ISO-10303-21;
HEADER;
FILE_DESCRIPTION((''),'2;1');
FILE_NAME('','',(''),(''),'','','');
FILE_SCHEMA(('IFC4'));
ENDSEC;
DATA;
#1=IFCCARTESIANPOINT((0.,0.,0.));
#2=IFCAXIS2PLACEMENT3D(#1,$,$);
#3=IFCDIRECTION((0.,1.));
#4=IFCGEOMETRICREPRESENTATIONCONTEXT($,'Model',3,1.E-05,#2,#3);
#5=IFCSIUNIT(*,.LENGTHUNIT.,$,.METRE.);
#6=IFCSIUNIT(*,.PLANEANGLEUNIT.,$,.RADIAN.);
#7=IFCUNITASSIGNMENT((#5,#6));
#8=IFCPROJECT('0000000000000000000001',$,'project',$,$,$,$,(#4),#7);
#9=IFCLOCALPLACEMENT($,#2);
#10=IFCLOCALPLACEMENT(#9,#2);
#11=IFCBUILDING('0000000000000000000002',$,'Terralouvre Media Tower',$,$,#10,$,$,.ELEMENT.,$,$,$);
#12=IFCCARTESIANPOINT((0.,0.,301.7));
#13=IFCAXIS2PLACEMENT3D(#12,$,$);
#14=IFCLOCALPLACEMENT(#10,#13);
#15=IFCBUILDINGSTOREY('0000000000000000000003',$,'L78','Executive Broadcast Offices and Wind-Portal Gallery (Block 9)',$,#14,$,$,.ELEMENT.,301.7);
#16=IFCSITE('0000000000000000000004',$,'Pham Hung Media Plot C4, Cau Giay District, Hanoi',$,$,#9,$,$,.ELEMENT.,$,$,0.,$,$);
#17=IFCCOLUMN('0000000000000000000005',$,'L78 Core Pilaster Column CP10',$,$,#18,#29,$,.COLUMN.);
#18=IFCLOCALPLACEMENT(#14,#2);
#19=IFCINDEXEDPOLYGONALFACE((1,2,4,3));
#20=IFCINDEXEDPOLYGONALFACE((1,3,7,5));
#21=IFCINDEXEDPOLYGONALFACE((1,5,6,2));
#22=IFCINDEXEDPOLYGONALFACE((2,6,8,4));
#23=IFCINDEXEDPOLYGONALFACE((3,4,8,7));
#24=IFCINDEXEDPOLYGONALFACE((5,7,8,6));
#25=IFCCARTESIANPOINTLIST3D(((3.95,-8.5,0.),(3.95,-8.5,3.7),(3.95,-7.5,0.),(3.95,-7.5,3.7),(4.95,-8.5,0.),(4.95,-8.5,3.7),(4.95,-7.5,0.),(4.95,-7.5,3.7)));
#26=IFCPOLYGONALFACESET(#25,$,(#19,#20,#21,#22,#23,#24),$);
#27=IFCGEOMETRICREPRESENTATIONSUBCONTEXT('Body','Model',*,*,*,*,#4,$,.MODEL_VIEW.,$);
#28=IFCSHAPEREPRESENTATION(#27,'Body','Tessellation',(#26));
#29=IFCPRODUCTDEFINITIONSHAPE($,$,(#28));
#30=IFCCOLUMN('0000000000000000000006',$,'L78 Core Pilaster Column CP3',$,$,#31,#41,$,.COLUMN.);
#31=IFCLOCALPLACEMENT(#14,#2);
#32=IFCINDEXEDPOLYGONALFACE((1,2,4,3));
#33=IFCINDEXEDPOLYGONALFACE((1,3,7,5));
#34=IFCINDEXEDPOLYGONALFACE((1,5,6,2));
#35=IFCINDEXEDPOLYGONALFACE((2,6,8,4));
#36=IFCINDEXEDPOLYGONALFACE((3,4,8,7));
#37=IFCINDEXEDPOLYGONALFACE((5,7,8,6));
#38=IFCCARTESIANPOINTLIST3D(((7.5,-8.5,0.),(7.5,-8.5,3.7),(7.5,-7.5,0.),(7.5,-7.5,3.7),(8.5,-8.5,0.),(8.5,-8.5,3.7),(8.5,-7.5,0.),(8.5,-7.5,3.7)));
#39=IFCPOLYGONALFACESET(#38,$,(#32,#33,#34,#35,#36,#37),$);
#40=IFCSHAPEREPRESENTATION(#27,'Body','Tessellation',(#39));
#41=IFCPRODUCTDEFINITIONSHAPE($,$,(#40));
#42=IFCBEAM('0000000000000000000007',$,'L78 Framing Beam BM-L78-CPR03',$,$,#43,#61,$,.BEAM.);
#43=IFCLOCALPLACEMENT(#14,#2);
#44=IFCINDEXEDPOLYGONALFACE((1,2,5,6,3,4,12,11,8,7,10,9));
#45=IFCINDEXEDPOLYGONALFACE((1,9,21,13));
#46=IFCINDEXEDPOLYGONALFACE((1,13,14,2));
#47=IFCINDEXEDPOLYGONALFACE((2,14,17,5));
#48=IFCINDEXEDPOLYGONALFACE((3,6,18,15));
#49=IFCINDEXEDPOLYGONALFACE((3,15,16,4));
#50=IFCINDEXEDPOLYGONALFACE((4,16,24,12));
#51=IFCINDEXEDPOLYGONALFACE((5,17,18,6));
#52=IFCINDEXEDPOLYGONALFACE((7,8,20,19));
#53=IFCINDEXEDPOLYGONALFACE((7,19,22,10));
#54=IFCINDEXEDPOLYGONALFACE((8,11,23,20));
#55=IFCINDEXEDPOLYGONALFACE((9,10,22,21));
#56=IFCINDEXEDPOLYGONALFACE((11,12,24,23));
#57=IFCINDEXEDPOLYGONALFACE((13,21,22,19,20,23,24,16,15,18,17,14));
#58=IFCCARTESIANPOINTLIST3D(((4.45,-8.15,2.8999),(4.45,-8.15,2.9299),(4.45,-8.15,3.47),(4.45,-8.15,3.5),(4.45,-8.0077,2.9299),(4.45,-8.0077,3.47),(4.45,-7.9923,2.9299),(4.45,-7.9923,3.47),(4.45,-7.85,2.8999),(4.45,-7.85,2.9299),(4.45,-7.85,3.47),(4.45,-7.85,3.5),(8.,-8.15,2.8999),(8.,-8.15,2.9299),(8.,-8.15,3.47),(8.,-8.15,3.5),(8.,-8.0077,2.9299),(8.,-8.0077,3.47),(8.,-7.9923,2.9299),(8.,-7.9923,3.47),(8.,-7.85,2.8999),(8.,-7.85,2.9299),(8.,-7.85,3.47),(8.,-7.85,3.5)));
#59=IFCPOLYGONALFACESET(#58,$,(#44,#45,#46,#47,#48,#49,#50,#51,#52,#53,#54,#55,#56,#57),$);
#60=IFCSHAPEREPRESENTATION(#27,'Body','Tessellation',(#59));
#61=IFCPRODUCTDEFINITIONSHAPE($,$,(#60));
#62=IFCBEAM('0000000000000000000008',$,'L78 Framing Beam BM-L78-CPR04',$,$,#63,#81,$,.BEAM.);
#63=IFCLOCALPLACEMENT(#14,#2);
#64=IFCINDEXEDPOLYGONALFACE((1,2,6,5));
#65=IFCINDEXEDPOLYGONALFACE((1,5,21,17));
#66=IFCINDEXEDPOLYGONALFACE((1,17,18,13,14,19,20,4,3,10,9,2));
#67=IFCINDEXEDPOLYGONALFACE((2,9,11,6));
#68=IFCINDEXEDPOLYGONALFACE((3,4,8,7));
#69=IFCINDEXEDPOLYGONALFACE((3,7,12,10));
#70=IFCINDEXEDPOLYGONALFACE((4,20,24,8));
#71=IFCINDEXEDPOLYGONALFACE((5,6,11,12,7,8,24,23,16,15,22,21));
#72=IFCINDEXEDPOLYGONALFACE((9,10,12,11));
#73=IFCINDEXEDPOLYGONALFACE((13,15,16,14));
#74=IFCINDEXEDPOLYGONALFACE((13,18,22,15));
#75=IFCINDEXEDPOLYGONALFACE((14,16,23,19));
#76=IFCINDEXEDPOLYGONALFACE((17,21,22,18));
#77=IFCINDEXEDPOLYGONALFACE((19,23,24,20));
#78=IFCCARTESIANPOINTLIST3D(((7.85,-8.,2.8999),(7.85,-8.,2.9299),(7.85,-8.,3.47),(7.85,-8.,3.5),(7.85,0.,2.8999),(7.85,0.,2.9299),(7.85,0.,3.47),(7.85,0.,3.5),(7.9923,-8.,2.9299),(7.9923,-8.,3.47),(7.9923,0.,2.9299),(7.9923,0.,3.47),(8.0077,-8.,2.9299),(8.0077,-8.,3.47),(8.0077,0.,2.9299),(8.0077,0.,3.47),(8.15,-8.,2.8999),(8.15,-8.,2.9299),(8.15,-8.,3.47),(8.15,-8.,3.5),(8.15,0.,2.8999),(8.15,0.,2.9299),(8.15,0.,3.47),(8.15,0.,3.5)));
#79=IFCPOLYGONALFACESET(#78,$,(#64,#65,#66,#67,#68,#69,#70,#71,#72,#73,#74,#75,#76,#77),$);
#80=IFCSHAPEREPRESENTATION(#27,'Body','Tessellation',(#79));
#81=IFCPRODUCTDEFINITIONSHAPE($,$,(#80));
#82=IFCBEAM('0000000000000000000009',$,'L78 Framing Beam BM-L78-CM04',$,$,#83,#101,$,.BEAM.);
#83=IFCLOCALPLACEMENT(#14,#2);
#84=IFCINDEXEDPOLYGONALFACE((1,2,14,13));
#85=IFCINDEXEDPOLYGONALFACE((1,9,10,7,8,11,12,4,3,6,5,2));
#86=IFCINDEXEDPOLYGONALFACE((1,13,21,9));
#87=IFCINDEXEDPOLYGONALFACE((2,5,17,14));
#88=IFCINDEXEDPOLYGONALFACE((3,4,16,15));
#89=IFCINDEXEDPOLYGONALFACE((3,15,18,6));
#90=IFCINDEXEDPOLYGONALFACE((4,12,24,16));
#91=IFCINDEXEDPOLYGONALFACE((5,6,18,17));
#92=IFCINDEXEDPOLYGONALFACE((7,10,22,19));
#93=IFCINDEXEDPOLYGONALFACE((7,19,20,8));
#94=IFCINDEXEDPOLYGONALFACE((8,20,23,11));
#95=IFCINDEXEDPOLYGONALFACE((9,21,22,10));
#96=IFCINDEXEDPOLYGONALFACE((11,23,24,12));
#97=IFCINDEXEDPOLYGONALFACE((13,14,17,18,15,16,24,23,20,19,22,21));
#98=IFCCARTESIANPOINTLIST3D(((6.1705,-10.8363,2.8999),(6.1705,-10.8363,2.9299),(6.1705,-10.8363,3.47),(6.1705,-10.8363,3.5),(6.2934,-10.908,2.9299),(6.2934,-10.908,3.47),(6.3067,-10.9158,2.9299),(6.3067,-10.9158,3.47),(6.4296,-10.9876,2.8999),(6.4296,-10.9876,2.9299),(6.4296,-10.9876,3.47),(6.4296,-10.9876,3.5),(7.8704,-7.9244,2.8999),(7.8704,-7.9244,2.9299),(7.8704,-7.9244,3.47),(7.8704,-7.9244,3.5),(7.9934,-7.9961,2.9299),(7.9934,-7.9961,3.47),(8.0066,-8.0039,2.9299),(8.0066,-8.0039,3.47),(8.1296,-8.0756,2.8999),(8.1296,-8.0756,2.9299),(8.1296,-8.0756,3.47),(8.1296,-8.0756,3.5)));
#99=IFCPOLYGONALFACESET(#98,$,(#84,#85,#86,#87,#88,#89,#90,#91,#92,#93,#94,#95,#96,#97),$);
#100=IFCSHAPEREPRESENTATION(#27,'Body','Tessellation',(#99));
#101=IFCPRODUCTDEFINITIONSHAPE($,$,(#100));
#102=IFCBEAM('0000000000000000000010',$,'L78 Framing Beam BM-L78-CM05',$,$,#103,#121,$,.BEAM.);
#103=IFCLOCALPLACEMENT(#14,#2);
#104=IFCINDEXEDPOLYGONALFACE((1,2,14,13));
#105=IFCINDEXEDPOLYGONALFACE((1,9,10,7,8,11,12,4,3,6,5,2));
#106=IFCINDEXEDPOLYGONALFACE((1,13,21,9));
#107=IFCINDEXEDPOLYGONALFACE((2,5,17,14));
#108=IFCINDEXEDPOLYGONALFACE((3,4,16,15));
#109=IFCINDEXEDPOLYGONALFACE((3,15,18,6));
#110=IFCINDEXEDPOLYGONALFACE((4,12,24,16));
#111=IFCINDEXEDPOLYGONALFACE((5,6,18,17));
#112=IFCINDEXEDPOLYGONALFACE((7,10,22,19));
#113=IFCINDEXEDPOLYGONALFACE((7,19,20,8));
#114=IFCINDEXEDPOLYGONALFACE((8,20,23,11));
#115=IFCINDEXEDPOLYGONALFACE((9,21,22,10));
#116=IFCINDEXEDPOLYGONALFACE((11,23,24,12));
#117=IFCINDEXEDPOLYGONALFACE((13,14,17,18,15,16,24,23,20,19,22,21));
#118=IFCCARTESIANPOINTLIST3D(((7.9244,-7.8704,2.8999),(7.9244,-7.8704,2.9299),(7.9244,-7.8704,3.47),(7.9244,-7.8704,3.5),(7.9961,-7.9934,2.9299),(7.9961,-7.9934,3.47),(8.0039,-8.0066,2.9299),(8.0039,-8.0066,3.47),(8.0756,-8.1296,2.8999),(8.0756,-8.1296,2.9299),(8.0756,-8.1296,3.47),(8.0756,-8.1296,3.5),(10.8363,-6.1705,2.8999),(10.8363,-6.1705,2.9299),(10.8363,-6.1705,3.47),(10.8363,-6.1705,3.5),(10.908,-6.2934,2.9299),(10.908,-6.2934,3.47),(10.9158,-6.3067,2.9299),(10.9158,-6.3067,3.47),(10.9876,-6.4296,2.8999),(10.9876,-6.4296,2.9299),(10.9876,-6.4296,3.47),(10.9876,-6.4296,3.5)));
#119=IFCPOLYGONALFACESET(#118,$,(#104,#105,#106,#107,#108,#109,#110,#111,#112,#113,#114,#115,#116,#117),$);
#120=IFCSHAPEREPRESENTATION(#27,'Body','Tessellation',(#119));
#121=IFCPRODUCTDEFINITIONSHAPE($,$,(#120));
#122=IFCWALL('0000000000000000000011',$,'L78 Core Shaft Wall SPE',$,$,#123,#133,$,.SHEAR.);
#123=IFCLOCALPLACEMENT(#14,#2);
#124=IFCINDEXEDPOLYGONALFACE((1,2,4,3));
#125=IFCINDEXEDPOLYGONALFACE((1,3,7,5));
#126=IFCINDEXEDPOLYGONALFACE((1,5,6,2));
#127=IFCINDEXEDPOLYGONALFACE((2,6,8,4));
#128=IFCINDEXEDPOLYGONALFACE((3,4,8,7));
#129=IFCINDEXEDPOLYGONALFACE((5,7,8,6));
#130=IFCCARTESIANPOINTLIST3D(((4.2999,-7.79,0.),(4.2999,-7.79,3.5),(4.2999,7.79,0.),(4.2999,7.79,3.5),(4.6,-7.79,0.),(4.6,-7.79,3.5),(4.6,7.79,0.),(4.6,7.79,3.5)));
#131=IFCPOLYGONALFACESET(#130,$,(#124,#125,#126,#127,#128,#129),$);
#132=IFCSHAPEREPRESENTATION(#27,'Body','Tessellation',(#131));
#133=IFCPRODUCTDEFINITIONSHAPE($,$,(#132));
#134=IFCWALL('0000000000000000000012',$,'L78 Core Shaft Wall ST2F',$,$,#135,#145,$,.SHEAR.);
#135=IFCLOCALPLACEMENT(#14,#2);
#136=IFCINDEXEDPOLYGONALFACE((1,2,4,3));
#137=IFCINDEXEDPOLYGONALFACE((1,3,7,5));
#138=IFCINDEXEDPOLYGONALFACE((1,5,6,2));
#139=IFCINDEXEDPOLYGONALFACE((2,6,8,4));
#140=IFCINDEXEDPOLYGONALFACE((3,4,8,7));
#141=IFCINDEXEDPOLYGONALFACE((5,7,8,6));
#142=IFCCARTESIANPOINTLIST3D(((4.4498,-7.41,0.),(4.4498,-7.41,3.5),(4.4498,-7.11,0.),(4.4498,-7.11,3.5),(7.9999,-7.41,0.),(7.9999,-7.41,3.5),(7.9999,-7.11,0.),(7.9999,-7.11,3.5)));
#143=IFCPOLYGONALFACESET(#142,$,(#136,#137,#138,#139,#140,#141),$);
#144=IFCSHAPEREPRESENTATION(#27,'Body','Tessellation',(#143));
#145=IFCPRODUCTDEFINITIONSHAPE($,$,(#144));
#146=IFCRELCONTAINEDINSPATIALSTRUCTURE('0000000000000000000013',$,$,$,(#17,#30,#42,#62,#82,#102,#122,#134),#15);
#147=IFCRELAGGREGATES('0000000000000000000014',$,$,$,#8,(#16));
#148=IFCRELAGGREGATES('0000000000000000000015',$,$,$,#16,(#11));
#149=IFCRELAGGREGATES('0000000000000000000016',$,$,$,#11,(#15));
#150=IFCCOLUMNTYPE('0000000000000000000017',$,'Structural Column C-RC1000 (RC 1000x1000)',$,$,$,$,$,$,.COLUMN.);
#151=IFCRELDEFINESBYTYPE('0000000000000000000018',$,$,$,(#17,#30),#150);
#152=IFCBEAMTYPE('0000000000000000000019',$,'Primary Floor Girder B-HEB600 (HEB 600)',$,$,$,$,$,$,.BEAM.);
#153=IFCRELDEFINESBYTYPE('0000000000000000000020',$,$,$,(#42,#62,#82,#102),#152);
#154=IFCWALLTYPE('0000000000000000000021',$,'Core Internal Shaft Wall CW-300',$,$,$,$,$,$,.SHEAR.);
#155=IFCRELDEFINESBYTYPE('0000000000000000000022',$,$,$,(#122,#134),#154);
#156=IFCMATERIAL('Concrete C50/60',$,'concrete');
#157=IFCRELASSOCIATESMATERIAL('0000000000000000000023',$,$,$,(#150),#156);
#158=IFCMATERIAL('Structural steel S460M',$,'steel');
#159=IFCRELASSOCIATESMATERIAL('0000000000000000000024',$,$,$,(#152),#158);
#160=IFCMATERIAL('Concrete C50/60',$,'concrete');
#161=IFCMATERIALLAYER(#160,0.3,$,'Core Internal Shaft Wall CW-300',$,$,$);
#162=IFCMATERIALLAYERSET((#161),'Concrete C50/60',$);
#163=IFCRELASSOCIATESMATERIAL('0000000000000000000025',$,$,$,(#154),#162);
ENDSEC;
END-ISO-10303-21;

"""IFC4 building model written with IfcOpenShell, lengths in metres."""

from ifc_helpers import new_model, si_unit, direction, frame, frame_2d, origin, origin_2d, place, context, subcontext, project, spatial, rectangle, i_section, extrude, material, layer, layer_set, material_profile, profile_set, type_object, element, save


model = new_model("IFC4")

# Units and contexts
model_context = context("Model", 3, precision=1e-05, world=origin(), true_north=direction((0.0, 1.0)))
body_context = subcontext(model_context, "Body", "Model", "MODEL_VIEW")
ifc_project = project(units=[si_unit("LENGTHUNIT", "METRE"), si_unit("PLANEANGLEUNIT", "RADIAN")], contexts=[model_context])

# Site, building, storey
site_placement = place(None, origin())
site = spatial("IfcSite", under=ifc_project, at=site_placement, Name="Pham Hung Media Plot C4, Cau Giay District, Hanoi", CompositionType="ELEMENT", RefElevation=0.0)
building_placement = place(site_placement, origin())
building = spatial("IfcBuilding", under=site, at=building_placement, Name="Terralouvre Media Tower", CompositionType="ELEMENT")
storey_placement = place(building_placement, frame((0.0, 0.0, 301.7)))
storey = spatial("IfcBuildingStorey", under=building, at=storey_placement, Name="L78", Description="Executive Broadcast Offices and Wind-Portal Gallery (Block 9)", CompositionType="ELEMENT", Elevation=301.7)

# Columns
ifc_material_1 = material(Name="Concrete C50/60", Category="concrete")
ifc_material_profile_1 = material_profile(ifc_material_1, rectangle(XDim=1.0, YDim=1.0, at=origin_2d()), Name="RC 1000x1000")
ifc_profile_set_1 = profile_set([ifc_material_profile_1], Name="Concrete C50/60")
column_type = type_object("IfcColumnType", Name="Structural Column C-RC1000 (RC 1000x1000)", PredefinedType="COLUMN", material=ifc_profile_set_1)
for number, where, z_axis, x_axis, name in (
    (1, (4.45, -8.0, 0.0), (0.0, 0.0, 1.0), (1.0, 0.0, 0.0), "L78 Core Pilaster Column CP10"),
    (2, (8.0, -8.0, 0.0), (0.0, 0.0, 1.0), (1.0, 0.0, 0.0), "L78 Core Pilaster Column CP3"),
):
    element("IfcColumn", number, at=place(storey_placement, frame(where, z_axis=z_axis, x_axis=x_axis)), inside=storey, type_object=column_type, Name=name, PredefinedType="COLUMN", context=body_context, shape_type="SweptSolid", body=[
        extrude(rectangle(XDim=1.0, YDim=1.0, at=origin_2d()), origin(), (0.0, 0.0, 1.0), 3.7),
    ])

# Beams
ifc_material_2 = material(Name="Structural steel S460M", Category="steel")
ifc_material_profile_2 = material_profile(ifc_material_2, i_section(OverallWidth=0.3, OverallDepth=0.6001, WebThickness=0.0154, FlangeThickness=0.03, at=origin_2d()), Name="HEB 600")
ifc_profile_set_2 = profile_set([ifc_material_profile_2], Name="Structural steel S460M")
beam_type = type_object("IfcBeamType", Name="Primary Floor Girder B-HEB600 (HEB 600)", PredefinedType="BEAM", material=ifc_profile_set_2)
beam_1_placement = place(storey_placement, frame((4.45, -8.0, 3.2), z_axis=(1.0, 0.0, 0.0), x_axis=(0.0, 1.0, 0.0)))
element("IfcBeam", 3, at=beam_1_placement, inside=storey, type_object=beam_type, Name="L78 Framing Beam BM-L78-CPR03", PredefinedType="BEAM", context=body_context, shape_type="SweptSolid", body=[
    extrude(i_section(OverallWidth=0.3, OverallDepth=0.6001, WebThickness=0.0154, FlangeThickness=0.03, at=origin_2d()), origin(), (0.0, 0.0, 1.0), 3.55),
])
beam_2_placement = place(storey_placement, frame((8.0, -8.0, 3.2), z_axis=(0.0, 1.0, 0.0), x_axis=(-1.0, 0.0, 0.0)))
element("IfcBeam", 4, at=beam_2_placement, inside=storey, type_object=beam_type, Name="L78 Framing Beam BM-L78-CPR04", PredefinedType="BEAM", context=body_context, shape_type="SweptSolid", body=[
    extrude(i_section(OverallWidth=0.3, OverallDepth=0.6001, WebThickness=0.0154, FlangeThickness=0.03, at=origin_2d()), origin(), (0.0, 0.0, 1.0), 8.0),
])
for number, where, z_axis, x_axis, name in (
    (5, (8.0, -8.0, 3.2), (-0.504173, -0.863603, 0.0), (0.863603, -0.504173, 0.0), "L78 Framing Beam BM-L78-CM04"),
    (6, (8.0, -8.0, 3.2), (0.863603, 0.504173, 0.0), (-0.504173, 0.863603, 0.0), "L78 Framing Beam BM-L78-CM05"),
):
    element("IfcBeam", number, at=place(storey_placement, frame(where, z_axis=z_axis, x_axis=x_axis)), inside=storey, type_object=beam_type, Name=name, PredefinedType="BEAM", context=body_context, shape_type="SweptSolid", body=[
        extrude(i_section(OverallWidth=0.3, OverallDepth=0.6001, WebThickness=0.0154, FlangeThickness=0.03, at=origin_2d()), origin(), (0.0, 0.0, 1.0), 3.3718),
    ])

# Wall
ifc_material_3 = material(Name="Concrete C50/60", Category="concrete")
ifc_layer_1 = layer(ifc_material_3, 0.3, Name="Core Internal Shaft Wall CW-300")
ifc_layer_set_1 = layer_set([ifc_layer_1], Name="Concrete C50/60")
wall_type_1 = type_object("IfcWallType", Name="Core Internal Shaft Wall CW-300", PredefinedType="SHEAR", material=ifc_layer_set_1)
wall_1_placement = place(storey_placement, frame((4.45, -7.79, 0.0), z_axis=(0.0, 0.0, 1.0), x_axis=(0.0, 1.0, 0.0)))
element("IfcWall", 7, at=wall_1_placement, inside=storey, type_object=wall_type_1, Name="L78 Core Shaft Wall SPE", PredefinedType="SHEAR", context=body_context, shape_type="SweptSolid", body=[
    extrude(rectangle(XDim=15.5801, YDim=0.3, at=frame_2d((7.79, 0.0))), origin(), (0.0, 0.0, 1.0), 3.5),
])

# Wall
wall_2_placement = place(storey_placement, frame((4.45, -7.26, 0.0), z_axis=(0.0, 0.0, 1.0), x_axis=(1.0, 0.0, 0.0)))
element("IfcWall", 8, at=wall_2_placement, inside=storey, type_object=wall_type_1, Name="L78 Core Shaft Wall ST2F", PredefinedType="SHEAR", context=body_context, shape_type="SweptSolid", body=[
    extrude(rectangle(XDim=3.55, YDim=0.3, at=frame_2d((1.7749, 0.0))), origin(), (0.0, 0.0, 1.0), 3.5),
])

save(model, "model.ifc")
